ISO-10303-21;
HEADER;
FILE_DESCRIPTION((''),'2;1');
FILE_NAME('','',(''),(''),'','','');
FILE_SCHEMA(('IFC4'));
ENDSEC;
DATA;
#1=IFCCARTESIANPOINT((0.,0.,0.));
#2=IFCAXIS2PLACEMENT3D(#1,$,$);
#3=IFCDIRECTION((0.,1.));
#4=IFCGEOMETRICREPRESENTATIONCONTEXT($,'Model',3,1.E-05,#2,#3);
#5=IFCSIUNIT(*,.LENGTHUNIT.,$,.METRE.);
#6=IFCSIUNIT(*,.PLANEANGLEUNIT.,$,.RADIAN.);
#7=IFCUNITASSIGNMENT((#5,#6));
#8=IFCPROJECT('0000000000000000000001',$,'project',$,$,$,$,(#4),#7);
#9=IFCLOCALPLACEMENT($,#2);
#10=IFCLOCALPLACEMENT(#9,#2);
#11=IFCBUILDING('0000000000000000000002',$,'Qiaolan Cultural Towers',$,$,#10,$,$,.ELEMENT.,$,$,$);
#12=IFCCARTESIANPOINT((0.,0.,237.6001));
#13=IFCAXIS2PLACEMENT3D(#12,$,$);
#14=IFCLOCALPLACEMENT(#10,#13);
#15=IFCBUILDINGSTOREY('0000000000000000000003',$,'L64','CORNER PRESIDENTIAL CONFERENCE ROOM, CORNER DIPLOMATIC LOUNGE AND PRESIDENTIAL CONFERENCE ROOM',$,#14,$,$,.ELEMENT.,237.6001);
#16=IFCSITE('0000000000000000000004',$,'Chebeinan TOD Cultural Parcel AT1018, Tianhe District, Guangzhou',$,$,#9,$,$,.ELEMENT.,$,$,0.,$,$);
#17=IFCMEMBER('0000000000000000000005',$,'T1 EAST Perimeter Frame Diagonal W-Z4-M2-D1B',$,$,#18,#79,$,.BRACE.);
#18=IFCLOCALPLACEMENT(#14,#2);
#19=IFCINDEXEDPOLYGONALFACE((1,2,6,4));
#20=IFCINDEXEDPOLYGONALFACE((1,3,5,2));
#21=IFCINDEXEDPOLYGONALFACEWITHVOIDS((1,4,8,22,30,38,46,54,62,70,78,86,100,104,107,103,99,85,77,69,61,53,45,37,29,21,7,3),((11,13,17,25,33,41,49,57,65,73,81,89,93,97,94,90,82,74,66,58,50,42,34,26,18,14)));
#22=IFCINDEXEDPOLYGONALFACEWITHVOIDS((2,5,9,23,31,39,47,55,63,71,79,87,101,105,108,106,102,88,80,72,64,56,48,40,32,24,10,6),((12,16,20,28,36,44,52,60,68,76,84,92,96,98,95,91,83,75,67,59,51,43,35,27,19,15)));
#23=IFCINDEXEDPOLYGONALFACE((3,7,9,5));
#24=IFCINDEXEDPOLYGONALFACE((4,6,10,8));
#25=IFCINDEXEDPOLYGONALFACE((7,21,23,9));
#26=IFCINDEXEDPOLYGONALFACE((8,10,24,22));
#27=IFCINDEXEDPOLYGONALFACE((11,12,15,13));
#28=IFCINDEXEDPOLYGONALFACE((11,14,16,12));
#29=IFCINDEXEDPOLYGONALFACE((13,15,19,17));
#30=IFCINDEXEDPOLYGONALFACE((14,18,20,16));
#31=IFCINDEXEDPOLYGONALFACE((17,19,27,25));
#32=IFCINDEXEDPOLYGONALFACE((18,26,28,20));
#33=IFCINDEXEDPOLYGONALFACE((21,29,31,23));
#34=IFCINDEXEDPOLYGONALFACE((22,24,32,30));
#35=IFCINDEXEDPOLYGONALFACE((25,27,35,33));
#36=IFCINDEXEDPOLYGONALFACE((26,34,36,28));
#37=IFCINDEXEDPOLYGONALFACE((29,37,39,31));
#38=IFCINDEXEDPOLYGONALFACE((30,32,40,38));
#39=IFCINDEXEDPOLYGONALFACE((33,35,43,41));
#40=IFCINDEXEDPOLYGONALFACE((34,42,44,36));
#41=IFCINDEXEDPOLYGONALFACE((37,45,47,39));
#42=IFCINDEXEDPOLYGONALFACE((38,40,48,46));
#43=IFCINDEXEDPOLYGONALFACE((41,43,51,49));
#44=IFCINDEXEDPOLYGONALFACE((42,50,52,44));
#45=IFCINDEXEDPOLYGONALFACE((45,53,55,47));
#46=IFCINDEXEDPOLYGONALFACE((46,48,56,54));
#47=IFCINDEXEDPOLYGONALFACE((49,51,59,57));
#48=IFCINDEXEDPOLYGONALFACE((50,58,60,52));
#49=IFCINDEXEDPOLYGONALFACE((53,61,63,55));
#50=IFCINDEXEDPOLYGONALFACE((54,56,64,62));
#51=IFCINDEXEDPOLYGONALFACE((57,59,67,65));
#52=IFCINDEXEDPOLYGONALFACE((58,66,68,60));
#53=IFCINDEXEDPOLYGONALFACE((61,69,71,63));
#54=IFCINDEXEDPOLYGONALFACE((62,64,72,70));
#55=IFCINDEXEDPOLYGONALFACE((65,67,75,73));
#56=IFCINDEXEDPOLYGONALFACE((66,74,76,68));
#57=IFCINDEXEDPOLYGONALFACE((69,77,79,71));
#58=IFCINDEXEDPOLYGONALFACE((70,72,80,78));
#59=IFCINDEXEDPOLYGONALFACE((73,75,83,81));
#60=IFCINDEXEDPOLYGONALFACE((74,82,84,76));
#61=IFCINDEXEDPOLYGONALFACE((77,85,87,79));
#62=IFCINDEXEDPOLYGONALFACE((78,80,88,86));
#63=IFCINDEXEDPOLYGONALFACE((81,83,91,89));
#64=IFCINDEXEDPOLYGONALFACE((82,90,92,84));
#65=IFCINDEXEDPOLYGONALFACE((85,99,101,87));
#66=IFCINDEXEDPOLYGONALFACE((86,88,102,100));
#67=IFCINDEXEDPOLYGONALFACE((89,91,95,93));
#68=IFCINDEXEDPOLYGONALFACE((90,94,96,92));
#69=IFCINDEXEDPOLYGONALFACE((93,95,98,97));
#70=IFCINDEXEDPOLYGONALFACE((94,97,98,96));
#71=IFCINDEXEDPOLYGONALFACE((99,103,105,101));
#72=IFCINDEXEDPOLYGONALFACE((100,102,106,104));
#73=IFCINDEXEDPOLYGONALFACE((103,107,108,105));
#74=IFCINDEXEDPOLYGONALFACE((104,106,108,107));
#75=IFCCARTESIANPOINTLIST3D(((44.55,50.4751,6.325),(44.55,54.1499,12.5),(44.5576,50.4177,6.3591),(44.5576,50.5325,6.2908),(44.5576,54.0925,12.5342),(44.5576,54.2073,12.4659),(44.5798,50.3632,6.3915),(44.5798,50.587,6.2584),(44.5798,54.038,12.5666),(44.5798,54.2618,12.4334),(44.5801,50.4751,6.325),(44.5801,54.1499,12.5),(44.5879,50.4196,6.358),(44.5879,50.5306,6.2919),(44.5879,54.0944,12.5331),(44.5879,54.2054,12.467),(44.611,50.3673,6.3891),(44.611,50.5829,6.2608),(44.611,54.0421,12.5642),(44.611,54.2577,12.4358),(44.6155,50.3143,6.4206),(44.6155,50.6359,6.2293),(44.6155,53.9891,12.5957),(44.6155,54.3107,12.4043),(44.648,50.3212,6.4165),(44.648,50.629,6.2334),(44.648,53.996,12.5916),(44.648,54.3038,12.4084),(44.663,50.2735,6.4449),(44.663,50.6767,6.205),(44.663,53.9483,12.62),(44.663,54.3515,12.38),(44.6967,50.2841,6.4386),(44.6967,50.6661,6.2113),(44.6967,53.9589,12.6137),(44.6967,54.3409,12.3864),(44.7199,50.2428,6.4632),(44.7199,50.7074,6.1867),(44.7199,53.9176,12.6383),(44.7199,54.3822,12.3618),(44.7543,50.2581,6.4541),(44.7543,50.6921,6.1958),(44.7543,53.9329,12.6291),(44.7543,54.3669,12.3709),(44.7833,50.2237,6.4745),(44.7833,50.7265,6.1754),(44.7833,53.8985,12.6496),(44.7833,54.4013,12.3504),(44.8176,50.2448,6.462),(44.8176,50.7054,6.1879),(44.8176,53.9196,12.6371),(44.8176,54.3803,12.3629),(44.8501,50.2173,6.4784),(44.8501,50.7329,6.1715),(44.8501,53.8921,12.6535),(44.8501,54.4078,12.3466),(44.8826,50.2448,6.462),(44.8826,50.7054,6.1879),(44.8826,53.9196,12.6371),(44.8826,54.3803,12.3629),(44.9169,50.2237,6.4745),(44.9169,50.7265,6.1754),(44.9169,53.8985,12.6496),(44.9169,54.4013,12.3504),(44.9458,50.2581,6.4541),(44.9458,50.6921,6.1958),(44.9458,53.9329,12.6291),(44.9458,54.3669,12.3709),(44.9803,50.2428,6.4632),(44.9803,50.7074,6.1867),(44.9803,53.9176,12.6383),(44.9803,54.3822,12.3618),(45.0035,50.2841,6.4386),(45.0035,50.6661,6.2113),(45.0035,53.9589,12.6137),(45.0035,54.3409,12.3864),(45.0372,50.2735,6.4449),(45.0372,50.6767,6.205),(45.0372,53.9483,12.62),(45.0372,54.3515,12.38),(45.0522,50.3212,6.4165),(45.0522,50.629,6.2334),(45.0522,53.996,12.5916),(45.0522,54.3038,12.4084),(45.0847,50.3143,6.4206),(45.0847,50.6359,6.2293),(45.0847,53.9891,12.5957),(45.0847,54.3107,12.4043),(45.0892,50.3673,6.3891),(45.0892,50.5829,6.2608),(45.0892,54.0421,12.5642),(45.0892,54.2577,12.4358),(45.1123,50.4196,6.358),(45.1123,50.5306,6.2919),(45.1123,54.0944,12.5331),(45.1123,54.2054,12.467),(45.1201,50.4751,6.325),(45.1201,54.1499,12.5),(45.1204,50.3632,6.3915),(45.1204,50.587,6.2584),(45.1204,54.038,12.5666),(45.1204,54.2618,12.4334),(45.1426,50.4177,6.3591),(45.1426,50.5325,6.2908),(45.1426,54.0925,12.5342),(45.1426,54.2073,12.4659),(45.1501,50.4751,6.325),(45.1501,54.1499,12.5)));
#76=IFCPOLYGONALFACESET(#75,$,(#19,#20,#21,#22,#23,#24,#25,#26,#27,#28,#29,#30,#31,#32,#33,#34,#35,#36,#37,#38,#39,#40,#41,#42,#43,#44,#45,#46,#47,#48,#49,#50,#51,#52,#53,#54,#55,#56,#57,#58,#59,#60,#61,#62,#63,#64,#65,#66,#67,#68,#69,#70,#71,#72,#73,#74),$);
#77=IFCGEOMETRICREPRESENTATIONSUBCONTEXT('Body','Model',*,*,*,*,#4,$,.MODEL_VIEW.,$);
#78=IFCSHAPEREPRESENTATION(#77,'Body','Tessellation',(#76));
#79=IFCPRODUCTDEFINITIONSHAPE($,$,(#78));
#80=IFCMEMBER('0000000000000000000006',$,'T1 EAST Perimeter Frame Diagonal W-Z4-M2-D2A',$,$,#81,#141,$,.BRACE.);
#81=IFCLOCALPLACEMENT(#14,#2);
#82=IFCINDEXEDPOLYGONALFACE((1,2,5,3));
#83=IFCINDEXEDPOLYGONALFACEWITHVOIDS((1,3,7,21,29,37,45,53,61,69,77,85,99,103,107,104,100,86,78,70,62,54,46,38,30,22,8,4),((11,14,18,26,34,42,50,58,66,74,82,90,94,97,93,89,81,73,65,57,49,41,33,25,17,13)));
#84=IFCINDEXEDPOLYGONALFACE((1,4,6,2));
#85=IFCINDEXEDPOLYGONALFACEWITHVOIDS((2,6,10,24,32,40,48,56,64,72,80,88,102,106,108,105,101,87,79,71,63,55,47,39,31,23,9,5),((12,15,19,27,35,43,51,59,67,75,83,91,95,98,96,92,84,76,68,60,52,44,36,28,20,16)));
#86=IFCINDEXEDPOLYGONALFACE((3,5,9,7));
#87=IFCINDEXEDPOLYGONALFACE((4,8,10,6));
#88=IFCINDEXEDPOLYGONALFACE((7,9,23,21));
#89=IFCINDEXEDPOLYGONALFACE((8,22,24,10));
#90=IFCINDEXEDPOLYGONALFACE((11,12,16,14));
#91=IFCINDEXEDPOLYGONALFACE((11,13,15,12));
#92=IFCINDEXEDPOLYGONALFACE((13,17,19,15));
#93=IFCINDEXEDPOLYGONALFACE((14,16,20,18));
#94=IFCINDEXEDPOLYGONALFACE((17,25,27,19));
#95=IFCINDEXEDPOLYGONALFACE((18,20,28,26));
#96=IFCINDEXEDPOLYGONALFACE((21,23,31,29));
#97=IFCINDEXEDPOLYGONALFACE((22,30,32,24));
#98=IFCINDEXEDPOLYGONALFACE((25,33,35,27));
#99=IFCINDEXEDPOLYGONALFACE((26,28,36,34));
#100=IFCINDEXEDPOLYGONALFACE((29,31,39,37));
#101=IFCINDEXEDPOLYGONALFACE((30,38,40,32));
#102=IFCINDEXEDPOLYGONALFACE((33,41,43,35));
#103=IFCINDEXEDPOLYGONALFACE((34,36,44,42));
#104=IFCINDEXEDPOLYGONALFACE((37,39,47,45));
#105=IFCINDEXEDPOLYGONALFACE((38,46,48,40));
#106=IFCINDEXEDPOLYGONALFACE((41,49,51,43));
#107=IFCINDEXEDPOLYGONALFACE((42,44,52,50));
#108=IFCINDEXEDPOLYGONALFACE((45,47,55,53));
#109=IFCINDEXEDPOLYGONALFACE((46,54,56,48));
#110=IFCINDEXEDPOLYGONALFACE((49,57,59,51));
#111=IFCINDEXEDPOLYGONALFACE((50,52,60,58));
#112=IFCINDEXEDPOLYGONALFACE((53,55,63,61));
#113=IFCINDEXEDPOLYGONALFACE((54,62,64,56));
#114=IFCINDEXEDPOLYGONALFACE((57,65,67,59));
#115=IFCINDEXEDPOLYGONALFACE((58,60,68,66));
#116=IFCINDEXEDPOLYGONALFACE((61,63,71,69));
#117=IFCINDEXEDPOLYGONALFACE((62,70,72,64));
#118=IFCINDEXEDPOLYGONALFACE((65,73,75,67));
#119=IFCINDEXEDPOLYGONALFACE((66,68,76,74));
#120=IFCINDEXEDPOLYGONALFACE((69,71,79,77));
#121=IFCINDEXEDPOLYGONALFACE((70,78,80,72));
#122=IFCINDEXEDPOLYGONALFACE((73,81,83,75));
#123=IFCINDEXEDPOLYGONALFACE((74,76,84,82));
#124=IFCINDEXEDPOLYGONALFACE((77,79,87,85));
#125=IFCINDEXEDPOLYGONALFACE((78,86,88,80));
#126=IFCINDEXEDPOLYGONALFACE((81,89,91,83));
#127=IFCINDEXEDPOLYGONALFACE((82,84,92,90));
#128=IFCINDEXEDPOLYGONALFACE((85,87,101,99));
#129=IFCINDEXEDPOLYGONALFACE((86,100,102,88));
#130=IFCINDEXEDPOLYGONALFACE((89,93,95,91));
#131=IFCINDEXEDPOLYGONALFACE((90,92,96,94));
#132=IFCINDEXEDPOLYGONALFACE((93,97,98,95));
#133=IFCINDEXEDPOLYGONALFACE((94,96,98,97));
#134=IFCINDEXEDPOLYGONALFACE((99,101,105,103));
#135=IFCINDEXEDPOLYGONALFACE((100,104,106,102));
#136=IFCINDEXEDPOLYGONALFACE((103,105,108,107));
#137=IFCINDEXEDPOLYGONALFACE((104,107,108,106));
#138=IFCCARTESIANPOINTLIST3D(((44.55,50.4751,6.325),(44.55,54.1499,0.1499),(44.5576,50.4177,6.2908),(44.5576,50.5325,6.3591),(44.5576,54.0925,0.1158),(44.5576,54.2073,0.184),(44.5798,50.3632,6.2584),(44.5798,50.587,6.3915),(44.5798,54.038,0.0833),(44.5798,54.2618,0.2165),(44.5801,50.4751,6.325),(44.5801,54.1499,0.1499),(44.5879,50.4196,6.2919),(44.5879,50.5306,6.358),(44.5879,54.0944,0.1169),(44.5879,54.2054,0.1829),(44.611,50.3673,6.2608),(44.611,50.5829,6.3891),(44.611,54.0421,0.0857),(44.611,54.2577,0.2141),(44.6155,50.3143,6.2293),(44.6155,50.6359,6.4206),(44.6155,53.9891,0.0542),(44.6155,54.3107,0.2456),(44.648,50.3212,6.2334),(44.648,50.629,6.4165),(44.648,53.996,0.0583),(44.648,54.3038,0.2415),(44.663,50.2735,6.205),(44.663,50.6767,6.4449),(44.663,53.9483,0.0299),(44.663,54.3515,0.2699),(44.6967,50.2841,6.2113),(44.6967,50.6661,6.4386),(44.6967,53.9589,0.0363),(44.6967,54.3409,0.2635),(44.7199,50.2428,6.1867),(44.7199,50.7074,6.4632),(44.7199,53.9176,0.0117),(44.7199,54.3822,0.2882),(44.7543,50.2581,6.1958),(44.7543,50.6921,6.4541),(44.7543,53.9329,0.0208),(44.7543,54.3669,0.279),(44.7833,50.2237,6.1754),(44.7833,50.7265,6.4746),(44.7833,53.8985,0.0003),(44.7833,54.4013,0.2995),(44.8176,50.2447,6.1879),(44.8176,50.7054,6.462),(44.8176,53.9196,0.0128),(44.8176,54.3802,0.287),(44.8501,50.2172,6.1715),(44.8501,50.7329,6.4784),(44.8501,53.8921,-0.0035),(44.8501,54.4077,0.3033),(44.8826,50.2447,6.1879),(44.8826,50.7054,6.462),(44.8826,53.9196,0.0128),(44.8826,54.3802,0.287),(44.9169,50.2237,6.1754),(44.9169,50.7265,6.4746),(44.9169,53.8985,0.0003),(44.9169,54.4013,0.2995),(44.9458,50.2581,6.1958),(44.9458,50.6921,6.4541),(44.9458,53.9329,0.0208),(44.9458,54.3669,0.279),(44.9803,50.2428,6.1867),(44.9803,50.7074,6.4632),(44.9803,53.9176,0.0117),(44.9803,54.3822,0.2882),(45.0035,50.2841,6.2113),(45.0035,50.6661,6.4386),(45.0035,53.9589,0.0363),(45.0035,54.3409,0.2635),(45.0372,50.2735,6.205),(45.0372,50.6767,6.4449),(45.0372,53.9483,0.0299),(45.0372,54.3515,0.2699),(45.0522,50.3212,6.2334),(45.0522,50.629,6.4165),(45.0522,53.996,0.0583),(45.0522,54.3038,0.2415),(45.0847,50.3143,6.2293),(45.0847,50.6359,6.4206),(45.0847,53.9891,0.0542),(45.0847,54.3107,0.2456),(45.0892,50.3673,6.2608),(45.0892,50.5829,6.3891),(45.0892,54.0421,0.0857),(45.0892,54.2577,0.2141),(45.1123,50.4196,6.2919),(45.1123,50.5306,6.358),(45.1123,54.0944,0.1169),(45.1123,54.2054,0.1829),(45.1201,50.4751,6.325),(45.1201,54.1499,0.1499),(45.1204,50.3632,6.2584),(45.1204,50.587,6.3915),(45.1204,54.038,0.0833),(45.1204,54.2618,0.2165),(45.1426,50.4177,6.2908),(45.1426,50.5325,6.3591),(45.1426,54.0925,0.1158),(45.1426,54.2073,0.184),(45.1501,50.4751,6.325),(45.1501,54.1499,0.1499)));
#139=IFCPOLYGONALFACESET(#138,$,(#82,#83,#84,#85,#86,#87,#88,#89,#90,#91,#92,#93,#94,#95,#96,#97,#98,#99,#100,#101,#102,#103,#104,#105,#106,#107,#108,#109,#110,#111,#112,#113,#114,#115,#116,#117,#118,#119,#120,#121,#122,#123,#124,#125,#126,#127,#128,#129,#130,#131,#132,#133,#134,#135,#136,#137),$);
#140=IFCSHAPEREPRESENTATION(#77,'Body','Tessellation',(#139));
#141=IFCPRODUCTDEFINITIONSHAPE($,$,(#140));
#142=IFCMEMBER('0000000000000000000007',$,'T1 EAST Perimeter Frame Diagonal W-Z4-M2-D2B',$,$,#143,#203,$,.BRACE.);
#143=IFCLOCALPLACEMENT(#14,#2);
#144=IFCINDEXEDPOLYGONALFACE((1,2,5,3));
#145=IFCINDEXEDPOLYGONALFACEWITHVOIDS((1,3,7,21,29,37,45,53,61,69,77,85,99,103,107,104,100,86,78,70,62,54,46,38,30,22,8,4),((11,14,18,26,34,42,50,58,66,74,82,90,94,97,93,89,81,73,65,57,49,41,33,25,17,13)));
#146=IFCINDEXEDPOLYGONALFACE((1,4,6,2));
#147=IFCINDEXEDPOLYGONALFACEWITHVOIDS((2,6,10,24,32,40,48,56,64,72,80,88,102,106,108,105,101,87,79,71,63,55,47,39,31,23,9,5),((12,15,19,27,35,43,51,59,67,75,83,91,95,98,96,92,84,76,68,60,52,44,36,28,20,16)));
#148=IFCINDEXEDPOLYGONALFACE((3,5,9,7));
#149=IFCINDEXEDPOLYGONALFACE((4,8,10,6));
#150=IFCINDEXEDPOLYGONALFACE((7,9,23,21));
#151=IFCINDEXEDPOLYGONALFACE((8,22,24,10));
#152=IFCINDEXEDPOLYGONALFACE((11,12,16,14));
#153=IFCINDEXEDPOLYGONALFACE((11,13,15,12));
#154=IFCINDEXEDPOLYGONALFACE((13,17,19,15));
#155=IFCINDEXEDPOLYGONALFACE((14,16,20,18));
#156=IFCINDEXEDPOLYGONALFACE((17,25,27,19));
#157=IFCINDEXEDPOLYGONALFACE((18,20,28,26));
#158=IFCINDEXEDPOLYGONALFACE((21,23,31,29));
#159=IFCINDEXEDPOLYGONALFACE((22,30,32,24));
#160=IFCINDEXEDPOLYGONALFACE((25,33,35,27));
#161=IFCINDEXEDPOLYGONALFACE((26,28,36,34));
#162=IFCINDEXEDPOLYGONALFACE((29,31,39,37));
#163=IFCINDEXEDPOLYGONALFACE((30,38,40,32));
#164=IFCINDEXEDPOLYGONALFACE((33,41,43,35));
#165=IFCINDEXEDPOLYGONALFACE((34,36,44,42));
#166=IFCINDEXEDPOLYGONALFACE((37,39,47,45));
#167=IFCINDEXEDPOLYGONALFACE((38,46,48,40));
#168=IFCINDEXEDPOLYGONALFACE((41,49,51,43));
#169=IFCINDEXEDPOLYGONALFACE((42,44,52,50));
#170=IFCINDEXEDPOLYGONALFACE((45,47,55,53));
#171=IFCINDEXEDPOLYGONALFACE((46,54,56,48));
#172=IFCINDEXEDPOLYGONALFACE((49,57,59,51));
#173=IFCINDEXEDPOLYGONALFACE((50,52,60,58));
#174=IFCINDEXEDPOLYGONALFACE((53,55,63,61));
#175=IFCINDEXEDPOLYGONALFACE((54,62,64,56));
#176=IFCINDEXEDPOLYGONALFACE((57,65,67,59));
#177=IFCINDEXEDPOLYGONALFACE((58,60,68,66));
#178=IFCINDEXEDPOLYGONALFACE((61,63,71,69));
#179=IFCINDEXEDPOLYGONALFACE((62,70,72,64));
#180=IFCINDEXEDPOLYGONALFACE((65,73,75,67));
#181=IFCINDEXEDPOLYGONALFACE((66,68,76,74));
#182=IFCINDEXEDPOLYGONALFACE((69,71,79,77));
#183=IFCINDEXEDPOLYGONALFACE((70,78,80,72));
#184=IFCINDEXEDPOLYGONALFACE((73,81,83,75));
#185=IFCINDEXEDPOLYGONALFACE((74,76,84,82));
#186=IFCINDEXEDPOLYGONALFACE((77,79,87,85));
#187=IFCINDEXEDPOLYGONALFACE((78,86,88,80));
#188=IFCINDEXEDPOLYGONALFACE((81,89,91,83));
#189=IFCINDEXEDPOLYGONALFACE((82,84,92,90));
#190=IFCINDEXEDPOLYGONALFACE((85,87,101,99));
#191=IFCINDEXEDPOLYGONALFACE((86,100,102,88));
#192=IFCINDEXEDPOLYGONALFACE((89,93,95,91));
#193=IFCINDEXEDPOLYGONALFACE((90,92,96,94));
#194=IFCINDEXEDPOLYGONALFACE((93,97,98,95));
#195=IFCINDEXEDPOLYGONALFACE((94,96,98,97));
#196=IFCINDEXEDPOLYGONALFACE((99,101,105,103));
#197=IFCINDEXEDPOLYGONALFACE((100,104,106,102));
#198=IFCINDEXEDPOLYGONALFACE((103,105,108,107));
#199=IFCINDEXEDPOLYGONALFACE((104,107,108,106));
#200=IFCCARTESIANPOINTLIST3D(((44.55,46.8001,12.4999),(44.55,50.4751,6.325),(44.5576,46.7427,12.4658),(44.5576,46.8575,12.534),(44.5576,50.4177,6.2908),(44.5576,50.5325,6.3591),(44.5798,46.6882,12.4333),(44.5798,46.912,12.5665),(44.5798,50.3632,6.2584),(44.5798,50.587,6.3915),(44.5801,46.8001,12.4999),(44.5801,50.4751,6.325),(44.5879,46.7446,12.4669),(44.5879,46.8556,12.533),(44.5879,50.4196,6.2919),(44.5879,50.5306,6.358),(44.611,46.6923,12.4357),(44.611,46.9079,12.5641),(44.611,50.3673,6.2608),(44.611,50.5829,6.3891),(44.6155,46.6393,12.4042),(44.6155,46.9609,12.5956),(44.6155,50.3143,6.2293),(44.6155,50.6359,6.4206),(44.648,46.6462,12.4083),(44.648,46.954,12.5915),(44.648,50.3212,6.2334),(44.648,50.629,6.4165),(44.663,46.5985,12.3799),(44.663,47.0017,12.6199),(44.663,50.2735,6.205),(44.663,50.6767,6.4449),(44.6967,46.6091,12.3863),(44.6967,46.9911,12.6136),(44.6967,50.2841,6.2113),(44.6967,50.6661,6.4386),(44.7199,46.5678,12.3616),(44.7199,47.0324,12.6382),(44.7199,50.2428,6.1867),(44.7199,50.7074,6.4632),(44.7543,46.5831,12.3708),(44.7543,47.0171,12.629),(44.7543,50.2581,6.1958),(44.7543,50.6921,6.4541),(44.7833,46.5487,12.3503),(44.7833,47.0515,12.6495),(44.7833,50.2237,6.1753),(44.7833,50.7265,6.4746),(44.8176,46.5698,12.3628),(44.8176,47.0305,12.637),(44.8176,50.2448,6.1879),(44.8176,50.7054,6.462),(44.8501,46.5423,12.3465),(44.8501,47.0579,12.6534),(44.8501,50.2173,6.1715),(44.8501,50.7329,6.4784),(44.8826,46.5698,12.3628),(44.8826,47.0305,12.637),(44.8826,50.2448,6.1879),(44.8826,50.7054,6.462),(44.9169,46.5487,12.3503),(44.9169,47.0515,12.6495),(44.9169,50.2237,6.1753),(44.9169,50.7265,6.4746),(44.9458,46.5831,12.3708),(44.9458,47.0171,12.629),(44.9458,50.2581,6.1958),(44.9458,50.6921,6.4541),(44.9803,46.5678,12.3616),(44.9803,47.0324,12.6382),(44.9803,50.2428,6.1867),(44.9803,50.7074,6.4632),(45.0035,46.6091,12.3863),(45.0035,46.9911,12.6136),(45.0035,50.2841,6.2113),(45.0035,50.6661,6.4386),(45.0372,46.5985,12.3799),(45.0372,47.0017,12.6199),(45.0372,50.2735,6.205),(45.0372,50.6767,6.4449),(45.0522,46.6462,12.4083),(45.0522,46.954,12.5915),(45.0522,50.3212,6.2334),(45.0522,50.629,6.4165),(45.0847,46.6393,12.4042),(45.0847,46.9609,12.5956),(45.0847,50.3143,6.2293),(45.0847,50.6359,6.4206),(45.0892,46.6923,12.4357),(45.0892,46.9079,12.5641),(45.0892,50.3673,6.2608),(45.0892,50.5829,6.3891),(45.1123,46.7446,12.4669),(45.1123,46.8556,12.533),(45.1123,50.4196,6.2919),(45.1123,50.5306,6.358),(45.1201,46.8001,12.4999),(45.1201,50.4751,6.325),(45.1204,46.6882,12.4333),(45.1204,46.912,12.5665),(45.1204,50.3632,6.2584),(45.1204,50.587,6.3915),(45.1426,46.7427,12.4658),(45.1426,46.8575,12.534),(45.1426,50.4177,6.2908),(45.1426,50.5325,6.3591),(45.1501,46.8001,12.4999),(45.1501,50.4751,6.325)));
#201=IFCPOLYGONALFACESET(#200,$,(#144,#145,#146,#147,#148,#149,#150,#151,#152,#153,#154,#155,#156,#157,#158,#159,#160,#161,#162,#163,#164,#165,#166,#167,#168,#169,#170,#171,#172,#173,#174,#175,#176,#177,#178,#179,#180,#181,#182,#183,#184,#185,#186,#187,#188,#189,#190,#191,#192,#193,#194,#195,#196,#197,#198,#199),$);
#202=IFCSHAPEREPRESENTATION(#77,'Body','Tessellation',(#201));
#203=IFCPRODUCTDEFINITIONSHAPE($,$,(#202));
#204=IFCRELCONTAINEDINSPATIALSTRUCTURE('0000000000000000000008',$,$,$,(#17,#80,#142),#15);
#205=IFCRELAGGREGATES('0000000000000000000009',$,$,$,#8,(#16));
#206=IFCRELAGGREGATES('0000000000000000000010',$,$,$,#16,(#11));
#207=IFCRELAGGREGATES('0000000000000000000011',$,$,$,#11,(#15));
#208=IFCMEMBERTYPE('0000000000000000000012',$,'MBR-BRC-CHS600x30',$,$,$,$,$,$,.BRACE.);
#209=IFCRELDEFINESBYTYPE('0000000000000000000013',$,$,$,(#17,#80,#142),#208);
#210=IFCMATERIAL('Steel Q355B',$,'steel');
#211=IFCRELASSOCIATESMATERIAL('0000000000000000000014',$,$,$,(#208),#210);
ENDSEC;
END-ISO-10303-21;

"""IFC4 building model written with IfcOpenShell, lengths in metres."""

from ifc_helpers import new_model, si_unit, direction, frame, origin, origin_2d, place, context, subcontext, project, spatial, hollow_circle, extrude, material, material_profile, profile_set, type_object, element, save


model = new_model("IFC4")

# Units and contexts
model_context = context("Model", 3, precision=1e-05, world=origin(), true_north=direction((0.0, 1.0)))
body_context = subcontext(model_context, "Body", "Model", "MODEL_VIEW")
ifc_project = project(units=[si_unit("LENGTHUNIT", "METRE"), si_unit("PLANEANGLEUNIT", "RADIAN")], contexts=[model_context])

# Site, building, storey
site_placement = place(None, origin())
site = spatial("IfcSite", under=ifc_project, at=site_placement, Name="Chebeinan TOD Cultural Parcel AT1018, Tianhe District, Guangzhou", CompositionType="ELEMENT", RefElevation=0.0)
building_placement = place(site_placement, origin())
building = spatial("IfcBuilding", under=site, at=building_placement, Name="Qiaolan Cultural Towers", CompositionType="ELEMENT")
storey_placement = place(building_placement, frame((0.0, 0.0, 237.6001)))
storey = spatial("IfcBuildingStorey", under=building, at=storey_placement, Name="L64", Description="CORNER PRESIDENTIAL CONFERENCE ROOM, CORNER DIPLOMATIC LOUNGE AND PRESIDENTIAL CONFERENCE ROOM", CompositionType="ELEMENT", Elevation=237.6001)

# Members
ifc_material_1 = material(Name="Steel Q355B", Category="steel")
ifc_material_profile_1 = material_profile(ifc_material_1, hollow_circle(Radius=0.3, WallThickness=0.03, at=origin_2d()), Name="CHS600x30")
ifc_profile_set_1 = profile_set([ifc_material_profile_1], Name="Steel Q355B")
member_type = type_object("IfcMemberType", Name="MBR-BRC-CHS600x30", PredefinedType="BRACE", material=ifc_profile_set_1)
for number, where, z_axis, x_axis, name in (
    (1, (44.8501, 50.4751, 6.325), (0.0, 0.5114, 0.859343), (-1.0, 0.0, 0.0), "T1 EAST Perimeter Frame Diagonal W-Z4-M2-D1B"),
    (2, (44.8501, 54.1499, 0.1499), (0.0, -0.5114, 0.859343), (1.0, 0.0, 0.0), "T1 EAST Perimeter Frame Diagonal W-Z4-M2-D2A"),
    (3, (44.8501, 50.4751, 6.325), (0.0, -0.511425, 0.859328), (1.0, 0.0, 0.0), "T1 EAST Perimeter Frame Diagonal W-Z4-M2-D2B"),
):
    element("IfcMember", number, at=place(storey_placement, frame(where, z_axis=z_axis, x_axis=x_axis)), inside=storey, type_object=member_type, Name=name, PredefinedType="BRACE", context=body_context, shape_type="SweptSolid", body=[
        extrude(hollow_circle(Radius=0.3, WallThickness=0.03, at=origin_2d()), origin(), (0.0, 0.0, 1.0), 7.1858),
    ])

save(model, "model.ifc")
